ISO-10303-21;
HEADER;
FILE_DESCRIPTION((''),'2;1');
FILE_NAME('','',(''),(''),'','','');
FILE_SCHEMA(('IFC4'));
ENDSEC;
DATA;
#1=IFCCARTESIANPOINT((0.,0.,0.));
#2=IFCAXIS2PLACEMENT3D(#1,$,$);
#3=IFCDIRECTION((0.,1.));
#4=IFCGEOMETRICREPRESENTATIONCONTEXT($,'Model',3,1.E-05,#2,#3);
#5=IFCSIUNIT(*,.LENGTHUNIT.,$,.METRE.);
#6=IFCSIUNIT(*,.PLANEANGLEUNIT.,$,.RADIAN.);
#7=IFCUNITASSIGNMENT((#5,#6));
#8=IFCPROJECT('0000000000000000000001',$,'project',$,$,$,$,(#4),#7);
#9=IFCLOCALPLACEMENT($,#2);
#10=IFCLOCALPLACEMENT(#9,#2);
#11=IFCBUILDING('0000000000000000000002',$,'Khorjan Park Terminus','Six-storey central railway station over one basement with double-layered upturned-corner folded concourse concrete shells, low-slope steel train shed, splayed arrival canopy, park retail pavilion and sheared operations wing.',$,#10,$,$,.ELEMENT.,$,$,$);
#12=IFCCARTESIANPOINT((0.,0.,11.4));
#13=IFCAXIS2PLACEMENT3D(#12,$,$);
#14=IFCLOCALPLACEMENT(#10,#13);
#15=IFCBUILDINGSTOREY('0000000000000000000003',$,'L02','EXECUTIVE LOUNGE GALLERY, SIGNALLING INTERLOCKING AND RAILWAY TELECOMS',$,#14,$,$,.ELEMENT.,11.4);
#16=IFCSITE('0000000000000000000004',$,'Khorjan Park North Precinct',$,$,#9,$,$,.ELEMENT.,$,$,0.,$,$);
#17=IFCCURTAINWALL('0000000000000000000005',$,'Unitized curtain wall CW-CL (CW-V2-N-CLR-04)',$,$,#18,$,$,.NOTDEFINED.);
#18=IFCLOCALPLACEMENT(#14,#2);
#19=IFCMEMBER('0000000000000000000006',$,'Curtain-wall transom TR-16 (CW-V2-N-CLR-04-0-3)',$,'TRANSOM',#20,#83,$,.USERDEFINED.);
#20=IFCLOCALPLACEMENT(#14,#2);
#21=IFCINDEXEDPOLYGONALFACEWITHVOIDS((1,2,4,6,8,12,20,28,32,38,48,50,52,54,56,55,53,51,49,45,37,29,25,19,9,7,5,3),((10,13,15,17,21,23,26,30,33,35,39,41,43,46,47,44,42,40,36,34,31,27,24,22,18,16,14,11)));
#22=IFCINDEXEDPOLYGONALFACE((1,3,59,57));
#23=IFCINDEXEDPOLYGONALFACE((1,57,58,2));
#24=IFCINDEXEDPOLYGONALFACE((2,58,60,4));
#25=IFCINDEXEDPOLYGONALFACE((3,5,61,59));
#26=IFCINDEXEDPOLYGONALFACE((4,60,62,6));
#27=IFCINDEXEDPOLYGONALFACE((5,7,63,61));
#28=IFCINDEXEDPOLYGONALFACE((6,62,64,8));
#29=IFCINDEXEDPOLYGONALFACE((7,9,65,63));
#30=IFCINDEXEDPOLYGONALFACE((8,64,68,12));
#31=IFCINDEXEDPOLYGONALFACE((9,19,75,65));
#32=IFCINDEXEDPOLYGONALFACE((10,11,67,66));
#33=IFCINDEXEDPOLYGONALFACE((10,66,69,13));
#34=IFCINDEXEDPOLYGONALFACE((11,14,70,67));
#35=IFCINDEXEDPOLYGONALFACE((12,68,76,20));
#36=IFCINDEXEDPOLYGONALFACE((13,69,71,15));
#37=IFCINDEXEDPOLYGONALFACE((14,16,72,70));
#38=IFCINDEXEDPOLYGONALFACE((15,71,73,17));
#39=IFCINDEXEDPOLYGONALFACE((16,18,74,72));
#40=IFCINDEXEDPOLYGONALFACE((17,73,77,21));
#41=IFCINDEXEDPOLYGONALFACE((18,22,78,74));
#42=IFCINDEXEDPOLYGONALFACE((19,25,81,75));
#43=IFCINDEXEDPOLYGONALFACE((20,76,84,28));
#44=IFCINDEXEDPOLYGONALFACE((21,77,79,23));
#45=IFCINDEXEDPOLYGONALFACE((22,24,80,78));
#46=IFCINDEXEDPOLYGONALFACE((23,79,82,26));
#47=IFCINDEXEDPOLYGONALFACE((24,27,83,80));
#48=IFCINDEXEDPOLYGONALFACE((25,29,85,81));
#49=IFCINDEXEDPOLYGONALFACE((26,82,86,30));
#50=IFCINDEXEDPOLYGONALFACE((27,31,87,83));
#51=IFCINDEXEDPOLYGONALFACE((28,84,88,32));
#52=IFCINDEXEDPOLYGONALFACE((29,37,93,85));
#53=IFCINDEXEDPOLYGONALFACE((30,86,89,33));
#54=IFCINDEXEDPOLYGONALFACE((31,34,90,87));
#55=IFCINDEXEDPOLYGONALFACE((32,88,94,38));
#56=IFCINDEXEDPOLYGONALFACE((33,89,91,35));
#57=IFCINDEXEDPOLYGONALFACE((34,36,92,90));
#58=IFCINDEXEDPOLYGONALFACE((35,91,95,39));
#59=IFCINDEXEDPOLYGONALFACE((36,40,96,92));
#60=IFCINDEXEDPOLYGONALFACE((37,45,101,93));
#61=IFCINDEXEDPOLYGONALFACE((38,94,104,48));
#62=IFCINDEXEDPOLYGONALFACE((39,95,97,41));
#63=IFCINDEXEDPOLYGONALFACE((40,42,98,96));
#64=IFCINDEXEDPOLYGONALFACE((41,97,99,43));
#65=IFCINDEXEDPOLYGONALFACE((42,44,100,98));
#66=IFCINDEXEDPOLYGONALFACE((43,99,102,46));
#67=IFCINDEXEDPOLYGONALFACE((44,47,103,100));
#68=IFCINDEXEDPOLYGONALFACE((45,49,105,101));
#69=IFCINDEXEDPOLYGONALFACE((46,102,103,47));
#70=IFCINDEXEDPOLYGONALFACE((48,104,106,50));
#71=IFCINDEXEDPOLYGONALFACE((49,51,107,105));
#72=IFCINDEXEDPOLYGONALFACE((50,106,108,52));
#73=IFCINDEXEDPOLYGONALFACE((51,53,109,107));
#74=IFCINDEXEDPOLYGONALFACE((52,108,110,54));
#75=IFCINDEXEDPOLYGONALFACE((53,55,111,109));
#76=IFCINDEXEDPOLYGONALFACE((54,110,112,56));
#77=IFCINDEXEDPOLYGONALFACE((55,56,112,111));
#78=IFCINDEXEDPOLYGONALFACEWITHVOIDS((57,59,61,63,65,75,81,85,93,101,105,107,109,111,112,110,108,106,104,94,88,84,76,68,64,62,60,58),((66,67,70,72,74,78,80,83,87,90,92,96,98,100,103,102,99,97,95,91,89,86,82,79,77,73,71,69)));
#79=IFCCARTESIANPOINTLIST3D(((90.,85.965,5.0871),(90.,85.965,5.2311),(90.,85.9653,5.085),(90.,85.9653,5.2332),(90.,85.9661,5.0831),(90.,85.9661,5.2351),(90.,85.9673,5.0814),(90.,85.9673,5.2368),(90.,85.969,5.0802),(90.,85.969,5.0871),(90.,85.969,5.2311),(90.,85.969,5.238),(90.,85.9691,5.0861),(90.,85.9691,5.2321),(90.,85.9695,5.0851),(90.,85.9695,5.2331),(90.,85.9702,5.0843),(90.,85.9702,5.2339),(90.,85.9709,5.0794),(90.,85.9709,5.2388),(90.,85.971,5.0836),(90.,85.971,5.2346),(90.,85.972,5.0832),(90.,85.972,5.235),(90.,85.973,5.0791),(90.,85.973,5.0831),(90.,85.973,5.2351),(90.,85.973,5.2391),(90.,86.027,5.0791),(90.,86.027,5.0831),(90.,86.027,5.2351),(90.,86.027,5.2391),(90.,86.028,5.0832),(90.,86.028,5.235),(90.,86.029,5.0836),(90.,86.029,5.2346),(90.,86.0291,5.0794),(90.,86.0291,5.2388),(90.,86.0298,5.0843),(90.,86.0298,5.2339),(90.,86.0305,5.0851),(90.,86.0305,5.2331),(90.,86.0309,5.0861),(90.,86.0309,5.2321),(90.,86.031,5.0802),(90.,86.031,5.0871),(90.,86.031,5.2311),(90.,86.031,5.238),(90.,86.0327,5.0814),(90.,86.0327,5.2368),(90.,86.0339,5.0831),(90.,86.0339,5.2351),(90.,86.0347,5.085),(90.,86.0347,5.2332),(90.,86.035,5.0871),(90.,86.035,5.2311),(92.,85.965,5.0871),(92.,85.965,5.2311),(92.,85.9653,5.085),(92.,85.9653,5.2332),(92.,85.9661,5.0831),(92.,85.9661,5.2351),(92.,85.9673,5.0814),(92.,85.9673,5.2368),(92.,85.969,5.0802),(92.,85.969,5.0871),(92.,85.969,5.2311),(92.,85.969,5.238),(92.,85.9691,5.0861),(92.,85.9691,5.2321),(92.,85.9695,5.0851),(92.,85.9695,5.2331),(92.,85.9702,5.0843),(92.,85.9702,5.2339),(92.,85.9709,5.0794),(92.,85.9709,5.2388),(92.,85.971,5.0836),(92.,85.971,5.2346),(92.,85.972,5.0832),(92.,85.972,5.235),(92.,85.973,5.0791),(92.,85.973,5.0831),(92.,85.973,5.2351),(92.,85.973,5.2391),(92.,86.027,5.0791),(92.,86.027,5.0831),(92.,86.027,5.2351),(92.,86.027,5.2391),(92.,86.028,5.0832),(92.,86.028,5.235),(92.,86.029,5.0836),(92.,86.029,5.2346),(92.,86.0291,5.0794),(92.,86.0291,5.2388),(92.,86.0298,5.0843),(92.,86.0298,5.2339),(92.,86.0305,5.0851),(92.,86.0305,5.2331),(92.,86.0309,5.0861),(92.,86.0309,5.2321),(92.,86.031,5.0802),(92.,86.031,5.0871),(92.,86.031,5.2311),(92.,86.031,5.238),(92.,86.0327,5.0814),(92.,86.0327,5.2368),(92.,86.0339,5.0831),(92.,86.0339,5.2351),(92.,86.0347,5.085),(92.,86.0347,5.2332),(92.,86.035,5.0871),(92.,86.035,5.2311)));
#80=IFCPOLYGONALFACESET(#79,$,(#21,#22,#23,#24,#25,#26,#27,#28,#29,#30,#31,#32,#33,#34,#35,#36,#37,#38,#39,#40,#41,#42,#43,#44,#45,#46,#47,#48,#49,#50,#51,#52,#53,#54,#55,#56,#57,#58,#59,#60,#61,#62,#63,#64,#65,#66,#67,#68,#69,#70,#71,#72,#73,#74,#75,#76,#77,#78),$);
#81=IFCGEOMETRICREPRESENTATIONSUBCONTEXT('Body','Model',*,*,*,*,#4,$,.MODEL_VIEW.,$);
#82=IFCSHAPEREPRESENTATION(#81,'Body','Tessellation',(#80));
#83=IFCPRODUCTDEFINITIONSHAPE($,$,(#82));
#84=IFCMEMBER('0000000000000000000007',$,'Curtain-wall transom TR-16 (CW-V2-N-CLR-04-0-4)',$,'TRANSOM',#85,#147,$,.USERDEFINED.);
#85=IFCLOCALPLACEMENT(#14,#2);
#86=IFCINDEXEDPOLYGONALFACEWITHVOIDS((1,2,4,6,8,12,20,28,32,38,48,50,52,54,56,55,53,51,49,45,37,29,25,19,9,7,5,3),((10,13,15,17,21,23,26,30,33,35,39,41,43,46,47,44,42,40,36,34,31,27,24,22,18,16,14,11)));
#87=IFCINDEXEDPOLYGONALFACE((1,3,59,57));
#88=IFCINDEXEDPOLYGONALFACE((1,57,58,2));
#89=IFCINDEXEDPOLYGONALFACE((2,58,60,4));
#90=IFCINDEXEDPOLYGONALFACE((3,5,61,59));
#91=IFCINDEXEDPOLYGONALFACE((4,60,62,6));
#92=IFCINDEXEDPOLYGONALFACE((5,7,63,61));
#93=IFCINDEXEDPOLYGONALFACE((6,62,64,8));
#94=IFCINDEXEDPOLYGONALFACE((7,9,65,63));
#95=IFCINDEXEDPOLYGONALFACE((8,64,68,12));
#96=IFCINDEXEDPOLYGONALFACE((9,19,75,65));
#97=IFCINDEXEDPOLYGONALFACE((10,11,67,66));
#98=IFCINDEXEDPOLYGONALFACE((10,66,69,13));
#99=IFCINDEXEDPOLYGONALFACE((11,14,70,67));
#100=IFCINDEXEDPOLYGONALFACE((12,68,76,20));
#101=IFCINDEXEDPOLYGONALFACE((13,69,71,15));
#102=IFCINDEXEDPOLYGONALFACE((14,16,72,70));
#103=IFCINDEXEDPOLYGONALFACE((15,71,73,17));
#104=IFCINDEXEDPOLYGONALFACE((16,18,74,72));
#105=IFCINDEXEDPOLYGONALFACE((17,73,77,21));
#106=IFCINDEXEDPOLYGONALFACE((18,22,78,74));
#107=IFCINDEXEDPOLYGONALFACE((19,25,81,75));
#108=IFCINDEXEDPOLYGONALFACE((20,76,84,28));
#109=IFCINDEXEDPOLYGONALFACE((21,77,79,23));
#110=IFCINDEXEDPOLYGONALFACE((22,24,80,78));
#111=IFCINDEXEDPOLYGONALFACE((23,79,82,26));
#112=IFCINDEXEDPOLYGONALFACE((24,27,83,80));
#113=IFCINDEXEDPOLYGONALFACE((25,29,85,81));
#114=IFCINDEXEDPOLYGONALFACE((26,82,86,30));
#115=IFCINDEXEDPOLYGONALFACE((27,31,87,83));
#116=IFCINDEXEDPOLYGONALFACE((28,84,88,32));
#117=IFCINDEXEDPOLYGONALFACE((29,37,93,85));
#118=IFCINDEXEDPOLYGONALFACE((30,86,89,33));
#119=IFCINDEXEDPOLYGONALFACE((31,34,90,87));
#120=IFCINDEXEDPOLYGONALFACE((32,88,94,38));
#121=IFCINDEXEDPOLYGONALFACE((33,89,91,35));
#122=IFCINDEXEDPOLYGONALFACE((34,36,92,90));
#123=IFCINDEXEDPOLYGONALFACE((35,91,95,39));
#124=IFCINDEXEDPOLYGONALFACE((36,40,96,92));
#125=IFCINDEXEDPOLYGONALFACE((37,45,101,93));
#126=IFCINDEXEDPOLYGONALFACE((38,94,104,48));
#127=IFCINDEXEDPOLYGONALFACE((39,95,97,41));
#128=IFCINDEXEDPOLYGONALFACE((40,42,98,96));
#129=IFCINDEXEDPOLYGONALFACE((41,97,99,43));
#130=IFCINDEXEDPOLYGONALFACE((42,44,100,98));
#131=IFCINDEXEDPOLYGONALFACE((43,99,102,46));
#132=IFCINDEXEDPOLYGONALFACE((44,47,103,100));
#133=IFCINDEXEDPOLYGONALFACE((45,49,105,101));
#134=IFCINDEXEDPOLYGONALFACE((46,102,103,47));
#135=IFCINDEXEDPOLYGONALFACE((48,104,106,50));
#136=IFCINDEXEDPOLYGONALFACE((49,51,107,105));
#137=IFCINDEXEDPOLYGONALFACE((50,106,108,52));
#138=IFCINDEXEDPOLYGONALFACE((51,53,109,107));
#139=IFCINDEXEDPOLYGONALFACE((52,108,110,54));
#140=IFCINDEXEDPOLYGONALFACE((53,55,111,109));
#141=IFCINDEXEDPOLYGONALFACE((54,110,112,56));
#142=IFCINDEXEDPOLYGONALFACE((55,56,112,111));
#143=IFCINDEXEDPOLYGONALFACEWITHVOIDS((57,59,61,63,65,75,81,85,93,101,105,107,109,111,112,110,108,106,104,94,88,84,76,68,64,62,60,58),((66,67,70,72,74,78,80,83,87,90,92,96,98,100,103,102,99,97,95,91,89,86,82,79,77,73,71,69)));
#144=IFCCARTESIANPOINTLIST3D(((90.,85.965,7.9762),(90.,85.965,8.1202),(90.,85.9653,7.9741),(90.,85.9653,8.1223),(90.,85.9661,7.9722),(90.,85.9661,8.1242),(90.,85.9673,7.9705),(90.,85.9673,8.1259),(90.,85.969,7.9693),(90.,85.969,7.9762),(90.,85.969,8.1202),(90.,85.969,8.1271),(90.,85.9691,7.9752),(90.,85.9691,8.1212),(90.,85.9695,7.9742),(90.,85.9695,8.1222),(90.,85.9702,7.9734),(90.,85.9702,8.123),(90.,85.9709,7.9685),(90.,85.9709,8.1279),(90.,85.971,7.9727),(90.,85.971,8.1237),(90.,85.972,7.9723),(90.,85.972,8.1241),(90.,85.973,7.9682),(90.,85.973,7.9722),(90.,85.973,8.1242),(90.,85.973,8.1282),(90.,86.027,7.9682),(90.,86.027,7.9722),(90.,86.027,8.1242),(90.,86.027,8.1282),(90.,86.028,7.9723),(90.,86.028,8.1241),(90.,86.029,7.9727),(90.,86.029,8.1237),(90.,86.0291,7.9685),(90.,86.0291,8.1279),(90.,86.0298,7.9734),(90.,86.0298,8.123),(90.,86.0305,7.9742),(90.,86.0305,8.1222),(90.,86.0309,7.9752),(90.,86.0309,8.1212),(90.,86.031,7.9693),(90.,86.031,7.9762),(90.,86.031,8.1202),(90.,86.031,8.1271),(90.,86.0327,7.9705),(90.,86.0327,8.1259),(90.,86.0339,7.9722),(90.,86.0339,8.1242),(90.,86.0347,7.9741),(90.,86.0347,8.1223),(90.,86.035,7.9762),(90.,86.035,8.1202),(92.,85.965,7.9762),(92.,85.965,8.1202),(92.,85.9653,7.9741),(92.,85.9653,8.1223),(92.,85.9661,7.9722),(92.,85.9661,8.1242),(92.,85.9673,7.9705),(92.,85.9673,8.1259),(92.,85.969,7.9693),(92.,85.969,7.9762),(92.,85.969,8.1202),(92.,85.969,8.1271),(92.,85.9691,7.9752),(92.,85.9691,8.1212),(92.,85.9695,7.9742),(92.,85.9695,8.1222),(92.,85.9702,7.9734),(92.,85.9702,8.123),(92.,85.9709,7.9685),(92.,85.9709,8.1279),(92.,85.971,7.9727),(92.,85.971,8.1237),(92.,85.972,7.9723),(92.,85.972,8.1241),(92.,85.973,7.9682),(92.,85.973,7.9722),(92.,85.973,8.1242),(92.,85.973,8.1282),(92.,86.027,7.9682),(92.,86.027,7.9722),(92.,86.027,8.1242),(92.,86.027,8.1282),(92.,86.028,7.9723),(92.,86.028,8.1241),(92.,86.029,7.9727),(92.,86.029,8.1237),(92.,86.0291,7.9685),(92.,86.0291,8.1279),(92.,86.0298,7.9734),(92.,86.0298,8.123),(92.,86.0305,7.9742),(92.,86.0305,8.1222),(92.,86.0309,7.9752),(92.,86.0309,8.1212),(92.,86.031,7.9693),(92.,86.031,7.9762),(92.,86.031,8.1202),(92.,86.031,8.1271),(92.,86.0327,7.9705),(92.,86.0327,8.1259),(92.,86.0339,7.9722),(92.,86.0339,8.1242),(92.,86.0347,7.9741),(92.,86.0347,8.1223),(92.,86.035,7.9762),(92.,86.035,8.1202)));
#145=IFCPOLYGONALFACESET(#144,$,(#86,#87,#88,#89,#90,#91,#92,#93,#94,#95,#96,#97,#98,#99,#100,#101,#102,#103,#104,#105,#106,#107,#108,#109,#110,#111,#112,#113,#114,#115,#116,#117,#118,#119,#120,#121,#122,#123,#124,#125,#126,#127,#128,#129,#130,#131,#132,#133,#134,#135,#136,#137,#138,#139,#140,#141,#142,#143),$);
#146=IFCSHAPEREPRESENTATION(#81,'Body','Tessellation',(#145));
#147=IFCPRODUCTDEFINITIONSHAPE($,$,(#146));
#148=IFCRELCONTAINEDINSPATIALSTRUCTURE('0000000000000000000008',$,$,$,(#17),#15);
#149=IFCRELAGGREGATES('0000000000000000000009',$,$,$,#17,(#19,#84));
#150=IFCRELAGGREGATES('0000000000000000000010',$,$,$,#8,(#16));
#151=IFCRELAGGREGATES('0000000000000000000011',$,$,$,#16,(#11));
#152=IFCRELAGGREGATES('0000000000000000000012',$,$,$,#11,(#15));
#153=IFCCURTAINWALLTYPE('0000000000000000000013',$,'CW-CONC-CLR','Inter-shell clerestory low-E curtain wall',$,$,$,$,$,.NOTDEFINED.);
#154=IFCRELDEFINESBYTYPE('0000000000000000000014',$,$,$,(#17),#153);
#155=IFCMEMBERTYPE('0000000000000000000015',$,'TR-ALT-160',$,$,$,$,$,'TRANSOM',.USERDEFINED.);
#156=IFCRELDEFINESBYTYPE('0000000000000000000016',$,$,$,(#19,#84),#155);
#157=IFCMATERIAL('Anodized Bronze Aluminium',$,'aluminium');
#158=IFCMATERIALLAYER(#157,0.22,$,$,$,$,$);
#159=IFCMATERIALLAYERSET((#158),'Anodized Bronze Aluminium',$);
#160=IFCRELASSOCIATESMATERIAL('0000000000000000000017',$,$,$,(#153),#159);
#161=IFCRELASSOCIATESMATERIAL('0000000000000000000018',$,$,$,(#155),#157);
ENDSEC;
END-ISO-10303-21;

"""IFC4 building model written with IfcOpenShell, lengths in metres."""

from ifc_helpers import new_model, si_unit, direction, frame, origin, origin_2d, place, context, subcontext, project, spatial, hollow_rectangle, extrude, material, layer, layer_set, material_profile, profile_set, type_object, element, aggregate, save


model = new_model("IFC4")

# Units and contexts
model_context = context("Model", 3, precision=1e-05, world=origin(), true_north=direction((0.0, 1.0)))
body_context = subcontext(model_context, "Body", "Model", "MODEL_VIEW")
ifc_project = project(units=[si_unit("LENGTHUNIT", "METRE"), si_unit("PLANEANGLEUNIT", "RADIAN")], contexts=[model_context])

# Site, building, storey
site_placement = place(None, origin())
site = spatial("IfcSite", under=ifc_project, at=site_placement, Name="Khorjan Park North Precinct", CompositionType="ELEMENT", RefElevation=0.0)
building_placement = place(site_placement, origin())
building = spatial("IfcBuilding", under=site, at=building_placement, Name="Khorjan Park Terminus", Description="Six-storey central railway station over one basement with double-layered upturned-corner folded concourse concrete shells, low-slope steel train shed, splayed arrival canopy, park retail pavilion and sheared operations wing.", CompositionType="ELEMENT")
storey_placement = place(building_placement, frame((0.0, 0.0, 11.4)))
storey = spatial("IfcBuildingStorey", under=building, at=storey_placement, Name="L02", Description="EXECUTIVE LOUNGE GALLERY, SIGNALLING INTERLOCKING AND RAILWAY TELECOMS", CompositionType="ELEMENT", Elevation=11.4)

# Curtain wall
ifc_material_1 = material(Name="Anodized Bronze Aluminium", Category="aluminium")
ifc_layer_1 = layer(ifc_material_1, 0.22)
ifc_layer_set_1 = layer_set([ifc_layer_1], Name="Anodized Bronze Aluminium")
curtain_wall_type = type_object("IfcCurtainWallType", Name="CW-CONC-CLR", Description="Inter-shell clerestory low-E curtain wall", PredefinedType="NOTDEFINED", material=ifc_layer_set_1)
curtain_wall_1_placement = place(storey_placement, origin())
curtain_wall_1 = element("IfcCurtainWall", 1, at=curtain_wall_1_placement, inside=storey, type_object=curtain_wall_type, Name="Unitized curtain wall CW-CL (CW-V2-N-CLR-04)", PredefinedType="NOTDEFINED")

# Members
ifc_material_profile_1 = material_profile(ifc_material_1, hollow_rectangle(XDim=0.07, YDim=0.16, WallThickness=0.004, InnerFilletRadius=0.004, OuterFilletRadius=0.008, at=origin_2d()), Name="ALT 70x160x4")
ifc_profile_set_1 = profile_set([ifc_material_profile_1], Name="Anodized Bronze Aluminium")
member_type_1 = type_object("IfcMemberType", Name="TR-ALT-160", ElementType="TRANSOM", PredefinedType="USERDEFINED", material=ifc_profile_set_1)
member_1_placement = place(storey_placement, frame((92.0, 86.0, 5.1591), z_axis=(-1.0, 0.0, 0.0), x_axis=(0.0, -1.0, 0.0)))
member_1 = element("IfcMember", 2, at=member_1_placement, type_object=member_type_1, Name="Curtain-wall transom TR-16 (CW-V2-N-CLR-04-0-3)", ObjectType="TRANSOM", PredefinedType="USERDEFINED", context=body_context, shape_type="SweptSolid", body=[
    extrude(hollow_rectangle(XDim=0.07, YDim=0.16, WallThickness=0.004, InnerFilletRadius=0.004, OuterFilletRadius=0.008, at=origin_2d()), origin(), (0.0, 0.0, 1.0), 2.0),
])
member_2_placement = place(storey_placement, frame((92.0, 86.0, 8.0482), z_axis=(-1.0, 0.0, 0.0), x_axis=(0.0, -1.0, 0.0)))
member_2 = element("IfcMember", 3, at=member_2_placement, type_object=member_type_1, Name="Curtain-wall transom TR-16 (CW-V2-N-CLR-04-0-4)", ObjectType="TRANSOM", PredefinedType="USERDEFINED", context=body_context, shape_type="SweptSolid", body=[
    extrude(hollow_rectangle(XDim=0.07, YDim=0.16, WallThickness=0.004, InnerFilletRadius=0.004, OuterFilletRadius=0.008, at=origin_2d()), origin(), (0.0, 0.0, 1.0), 2.0),
])

aggregate(curtain_wall_1, [member_1, member_2])

save(model, "model.ifc")
